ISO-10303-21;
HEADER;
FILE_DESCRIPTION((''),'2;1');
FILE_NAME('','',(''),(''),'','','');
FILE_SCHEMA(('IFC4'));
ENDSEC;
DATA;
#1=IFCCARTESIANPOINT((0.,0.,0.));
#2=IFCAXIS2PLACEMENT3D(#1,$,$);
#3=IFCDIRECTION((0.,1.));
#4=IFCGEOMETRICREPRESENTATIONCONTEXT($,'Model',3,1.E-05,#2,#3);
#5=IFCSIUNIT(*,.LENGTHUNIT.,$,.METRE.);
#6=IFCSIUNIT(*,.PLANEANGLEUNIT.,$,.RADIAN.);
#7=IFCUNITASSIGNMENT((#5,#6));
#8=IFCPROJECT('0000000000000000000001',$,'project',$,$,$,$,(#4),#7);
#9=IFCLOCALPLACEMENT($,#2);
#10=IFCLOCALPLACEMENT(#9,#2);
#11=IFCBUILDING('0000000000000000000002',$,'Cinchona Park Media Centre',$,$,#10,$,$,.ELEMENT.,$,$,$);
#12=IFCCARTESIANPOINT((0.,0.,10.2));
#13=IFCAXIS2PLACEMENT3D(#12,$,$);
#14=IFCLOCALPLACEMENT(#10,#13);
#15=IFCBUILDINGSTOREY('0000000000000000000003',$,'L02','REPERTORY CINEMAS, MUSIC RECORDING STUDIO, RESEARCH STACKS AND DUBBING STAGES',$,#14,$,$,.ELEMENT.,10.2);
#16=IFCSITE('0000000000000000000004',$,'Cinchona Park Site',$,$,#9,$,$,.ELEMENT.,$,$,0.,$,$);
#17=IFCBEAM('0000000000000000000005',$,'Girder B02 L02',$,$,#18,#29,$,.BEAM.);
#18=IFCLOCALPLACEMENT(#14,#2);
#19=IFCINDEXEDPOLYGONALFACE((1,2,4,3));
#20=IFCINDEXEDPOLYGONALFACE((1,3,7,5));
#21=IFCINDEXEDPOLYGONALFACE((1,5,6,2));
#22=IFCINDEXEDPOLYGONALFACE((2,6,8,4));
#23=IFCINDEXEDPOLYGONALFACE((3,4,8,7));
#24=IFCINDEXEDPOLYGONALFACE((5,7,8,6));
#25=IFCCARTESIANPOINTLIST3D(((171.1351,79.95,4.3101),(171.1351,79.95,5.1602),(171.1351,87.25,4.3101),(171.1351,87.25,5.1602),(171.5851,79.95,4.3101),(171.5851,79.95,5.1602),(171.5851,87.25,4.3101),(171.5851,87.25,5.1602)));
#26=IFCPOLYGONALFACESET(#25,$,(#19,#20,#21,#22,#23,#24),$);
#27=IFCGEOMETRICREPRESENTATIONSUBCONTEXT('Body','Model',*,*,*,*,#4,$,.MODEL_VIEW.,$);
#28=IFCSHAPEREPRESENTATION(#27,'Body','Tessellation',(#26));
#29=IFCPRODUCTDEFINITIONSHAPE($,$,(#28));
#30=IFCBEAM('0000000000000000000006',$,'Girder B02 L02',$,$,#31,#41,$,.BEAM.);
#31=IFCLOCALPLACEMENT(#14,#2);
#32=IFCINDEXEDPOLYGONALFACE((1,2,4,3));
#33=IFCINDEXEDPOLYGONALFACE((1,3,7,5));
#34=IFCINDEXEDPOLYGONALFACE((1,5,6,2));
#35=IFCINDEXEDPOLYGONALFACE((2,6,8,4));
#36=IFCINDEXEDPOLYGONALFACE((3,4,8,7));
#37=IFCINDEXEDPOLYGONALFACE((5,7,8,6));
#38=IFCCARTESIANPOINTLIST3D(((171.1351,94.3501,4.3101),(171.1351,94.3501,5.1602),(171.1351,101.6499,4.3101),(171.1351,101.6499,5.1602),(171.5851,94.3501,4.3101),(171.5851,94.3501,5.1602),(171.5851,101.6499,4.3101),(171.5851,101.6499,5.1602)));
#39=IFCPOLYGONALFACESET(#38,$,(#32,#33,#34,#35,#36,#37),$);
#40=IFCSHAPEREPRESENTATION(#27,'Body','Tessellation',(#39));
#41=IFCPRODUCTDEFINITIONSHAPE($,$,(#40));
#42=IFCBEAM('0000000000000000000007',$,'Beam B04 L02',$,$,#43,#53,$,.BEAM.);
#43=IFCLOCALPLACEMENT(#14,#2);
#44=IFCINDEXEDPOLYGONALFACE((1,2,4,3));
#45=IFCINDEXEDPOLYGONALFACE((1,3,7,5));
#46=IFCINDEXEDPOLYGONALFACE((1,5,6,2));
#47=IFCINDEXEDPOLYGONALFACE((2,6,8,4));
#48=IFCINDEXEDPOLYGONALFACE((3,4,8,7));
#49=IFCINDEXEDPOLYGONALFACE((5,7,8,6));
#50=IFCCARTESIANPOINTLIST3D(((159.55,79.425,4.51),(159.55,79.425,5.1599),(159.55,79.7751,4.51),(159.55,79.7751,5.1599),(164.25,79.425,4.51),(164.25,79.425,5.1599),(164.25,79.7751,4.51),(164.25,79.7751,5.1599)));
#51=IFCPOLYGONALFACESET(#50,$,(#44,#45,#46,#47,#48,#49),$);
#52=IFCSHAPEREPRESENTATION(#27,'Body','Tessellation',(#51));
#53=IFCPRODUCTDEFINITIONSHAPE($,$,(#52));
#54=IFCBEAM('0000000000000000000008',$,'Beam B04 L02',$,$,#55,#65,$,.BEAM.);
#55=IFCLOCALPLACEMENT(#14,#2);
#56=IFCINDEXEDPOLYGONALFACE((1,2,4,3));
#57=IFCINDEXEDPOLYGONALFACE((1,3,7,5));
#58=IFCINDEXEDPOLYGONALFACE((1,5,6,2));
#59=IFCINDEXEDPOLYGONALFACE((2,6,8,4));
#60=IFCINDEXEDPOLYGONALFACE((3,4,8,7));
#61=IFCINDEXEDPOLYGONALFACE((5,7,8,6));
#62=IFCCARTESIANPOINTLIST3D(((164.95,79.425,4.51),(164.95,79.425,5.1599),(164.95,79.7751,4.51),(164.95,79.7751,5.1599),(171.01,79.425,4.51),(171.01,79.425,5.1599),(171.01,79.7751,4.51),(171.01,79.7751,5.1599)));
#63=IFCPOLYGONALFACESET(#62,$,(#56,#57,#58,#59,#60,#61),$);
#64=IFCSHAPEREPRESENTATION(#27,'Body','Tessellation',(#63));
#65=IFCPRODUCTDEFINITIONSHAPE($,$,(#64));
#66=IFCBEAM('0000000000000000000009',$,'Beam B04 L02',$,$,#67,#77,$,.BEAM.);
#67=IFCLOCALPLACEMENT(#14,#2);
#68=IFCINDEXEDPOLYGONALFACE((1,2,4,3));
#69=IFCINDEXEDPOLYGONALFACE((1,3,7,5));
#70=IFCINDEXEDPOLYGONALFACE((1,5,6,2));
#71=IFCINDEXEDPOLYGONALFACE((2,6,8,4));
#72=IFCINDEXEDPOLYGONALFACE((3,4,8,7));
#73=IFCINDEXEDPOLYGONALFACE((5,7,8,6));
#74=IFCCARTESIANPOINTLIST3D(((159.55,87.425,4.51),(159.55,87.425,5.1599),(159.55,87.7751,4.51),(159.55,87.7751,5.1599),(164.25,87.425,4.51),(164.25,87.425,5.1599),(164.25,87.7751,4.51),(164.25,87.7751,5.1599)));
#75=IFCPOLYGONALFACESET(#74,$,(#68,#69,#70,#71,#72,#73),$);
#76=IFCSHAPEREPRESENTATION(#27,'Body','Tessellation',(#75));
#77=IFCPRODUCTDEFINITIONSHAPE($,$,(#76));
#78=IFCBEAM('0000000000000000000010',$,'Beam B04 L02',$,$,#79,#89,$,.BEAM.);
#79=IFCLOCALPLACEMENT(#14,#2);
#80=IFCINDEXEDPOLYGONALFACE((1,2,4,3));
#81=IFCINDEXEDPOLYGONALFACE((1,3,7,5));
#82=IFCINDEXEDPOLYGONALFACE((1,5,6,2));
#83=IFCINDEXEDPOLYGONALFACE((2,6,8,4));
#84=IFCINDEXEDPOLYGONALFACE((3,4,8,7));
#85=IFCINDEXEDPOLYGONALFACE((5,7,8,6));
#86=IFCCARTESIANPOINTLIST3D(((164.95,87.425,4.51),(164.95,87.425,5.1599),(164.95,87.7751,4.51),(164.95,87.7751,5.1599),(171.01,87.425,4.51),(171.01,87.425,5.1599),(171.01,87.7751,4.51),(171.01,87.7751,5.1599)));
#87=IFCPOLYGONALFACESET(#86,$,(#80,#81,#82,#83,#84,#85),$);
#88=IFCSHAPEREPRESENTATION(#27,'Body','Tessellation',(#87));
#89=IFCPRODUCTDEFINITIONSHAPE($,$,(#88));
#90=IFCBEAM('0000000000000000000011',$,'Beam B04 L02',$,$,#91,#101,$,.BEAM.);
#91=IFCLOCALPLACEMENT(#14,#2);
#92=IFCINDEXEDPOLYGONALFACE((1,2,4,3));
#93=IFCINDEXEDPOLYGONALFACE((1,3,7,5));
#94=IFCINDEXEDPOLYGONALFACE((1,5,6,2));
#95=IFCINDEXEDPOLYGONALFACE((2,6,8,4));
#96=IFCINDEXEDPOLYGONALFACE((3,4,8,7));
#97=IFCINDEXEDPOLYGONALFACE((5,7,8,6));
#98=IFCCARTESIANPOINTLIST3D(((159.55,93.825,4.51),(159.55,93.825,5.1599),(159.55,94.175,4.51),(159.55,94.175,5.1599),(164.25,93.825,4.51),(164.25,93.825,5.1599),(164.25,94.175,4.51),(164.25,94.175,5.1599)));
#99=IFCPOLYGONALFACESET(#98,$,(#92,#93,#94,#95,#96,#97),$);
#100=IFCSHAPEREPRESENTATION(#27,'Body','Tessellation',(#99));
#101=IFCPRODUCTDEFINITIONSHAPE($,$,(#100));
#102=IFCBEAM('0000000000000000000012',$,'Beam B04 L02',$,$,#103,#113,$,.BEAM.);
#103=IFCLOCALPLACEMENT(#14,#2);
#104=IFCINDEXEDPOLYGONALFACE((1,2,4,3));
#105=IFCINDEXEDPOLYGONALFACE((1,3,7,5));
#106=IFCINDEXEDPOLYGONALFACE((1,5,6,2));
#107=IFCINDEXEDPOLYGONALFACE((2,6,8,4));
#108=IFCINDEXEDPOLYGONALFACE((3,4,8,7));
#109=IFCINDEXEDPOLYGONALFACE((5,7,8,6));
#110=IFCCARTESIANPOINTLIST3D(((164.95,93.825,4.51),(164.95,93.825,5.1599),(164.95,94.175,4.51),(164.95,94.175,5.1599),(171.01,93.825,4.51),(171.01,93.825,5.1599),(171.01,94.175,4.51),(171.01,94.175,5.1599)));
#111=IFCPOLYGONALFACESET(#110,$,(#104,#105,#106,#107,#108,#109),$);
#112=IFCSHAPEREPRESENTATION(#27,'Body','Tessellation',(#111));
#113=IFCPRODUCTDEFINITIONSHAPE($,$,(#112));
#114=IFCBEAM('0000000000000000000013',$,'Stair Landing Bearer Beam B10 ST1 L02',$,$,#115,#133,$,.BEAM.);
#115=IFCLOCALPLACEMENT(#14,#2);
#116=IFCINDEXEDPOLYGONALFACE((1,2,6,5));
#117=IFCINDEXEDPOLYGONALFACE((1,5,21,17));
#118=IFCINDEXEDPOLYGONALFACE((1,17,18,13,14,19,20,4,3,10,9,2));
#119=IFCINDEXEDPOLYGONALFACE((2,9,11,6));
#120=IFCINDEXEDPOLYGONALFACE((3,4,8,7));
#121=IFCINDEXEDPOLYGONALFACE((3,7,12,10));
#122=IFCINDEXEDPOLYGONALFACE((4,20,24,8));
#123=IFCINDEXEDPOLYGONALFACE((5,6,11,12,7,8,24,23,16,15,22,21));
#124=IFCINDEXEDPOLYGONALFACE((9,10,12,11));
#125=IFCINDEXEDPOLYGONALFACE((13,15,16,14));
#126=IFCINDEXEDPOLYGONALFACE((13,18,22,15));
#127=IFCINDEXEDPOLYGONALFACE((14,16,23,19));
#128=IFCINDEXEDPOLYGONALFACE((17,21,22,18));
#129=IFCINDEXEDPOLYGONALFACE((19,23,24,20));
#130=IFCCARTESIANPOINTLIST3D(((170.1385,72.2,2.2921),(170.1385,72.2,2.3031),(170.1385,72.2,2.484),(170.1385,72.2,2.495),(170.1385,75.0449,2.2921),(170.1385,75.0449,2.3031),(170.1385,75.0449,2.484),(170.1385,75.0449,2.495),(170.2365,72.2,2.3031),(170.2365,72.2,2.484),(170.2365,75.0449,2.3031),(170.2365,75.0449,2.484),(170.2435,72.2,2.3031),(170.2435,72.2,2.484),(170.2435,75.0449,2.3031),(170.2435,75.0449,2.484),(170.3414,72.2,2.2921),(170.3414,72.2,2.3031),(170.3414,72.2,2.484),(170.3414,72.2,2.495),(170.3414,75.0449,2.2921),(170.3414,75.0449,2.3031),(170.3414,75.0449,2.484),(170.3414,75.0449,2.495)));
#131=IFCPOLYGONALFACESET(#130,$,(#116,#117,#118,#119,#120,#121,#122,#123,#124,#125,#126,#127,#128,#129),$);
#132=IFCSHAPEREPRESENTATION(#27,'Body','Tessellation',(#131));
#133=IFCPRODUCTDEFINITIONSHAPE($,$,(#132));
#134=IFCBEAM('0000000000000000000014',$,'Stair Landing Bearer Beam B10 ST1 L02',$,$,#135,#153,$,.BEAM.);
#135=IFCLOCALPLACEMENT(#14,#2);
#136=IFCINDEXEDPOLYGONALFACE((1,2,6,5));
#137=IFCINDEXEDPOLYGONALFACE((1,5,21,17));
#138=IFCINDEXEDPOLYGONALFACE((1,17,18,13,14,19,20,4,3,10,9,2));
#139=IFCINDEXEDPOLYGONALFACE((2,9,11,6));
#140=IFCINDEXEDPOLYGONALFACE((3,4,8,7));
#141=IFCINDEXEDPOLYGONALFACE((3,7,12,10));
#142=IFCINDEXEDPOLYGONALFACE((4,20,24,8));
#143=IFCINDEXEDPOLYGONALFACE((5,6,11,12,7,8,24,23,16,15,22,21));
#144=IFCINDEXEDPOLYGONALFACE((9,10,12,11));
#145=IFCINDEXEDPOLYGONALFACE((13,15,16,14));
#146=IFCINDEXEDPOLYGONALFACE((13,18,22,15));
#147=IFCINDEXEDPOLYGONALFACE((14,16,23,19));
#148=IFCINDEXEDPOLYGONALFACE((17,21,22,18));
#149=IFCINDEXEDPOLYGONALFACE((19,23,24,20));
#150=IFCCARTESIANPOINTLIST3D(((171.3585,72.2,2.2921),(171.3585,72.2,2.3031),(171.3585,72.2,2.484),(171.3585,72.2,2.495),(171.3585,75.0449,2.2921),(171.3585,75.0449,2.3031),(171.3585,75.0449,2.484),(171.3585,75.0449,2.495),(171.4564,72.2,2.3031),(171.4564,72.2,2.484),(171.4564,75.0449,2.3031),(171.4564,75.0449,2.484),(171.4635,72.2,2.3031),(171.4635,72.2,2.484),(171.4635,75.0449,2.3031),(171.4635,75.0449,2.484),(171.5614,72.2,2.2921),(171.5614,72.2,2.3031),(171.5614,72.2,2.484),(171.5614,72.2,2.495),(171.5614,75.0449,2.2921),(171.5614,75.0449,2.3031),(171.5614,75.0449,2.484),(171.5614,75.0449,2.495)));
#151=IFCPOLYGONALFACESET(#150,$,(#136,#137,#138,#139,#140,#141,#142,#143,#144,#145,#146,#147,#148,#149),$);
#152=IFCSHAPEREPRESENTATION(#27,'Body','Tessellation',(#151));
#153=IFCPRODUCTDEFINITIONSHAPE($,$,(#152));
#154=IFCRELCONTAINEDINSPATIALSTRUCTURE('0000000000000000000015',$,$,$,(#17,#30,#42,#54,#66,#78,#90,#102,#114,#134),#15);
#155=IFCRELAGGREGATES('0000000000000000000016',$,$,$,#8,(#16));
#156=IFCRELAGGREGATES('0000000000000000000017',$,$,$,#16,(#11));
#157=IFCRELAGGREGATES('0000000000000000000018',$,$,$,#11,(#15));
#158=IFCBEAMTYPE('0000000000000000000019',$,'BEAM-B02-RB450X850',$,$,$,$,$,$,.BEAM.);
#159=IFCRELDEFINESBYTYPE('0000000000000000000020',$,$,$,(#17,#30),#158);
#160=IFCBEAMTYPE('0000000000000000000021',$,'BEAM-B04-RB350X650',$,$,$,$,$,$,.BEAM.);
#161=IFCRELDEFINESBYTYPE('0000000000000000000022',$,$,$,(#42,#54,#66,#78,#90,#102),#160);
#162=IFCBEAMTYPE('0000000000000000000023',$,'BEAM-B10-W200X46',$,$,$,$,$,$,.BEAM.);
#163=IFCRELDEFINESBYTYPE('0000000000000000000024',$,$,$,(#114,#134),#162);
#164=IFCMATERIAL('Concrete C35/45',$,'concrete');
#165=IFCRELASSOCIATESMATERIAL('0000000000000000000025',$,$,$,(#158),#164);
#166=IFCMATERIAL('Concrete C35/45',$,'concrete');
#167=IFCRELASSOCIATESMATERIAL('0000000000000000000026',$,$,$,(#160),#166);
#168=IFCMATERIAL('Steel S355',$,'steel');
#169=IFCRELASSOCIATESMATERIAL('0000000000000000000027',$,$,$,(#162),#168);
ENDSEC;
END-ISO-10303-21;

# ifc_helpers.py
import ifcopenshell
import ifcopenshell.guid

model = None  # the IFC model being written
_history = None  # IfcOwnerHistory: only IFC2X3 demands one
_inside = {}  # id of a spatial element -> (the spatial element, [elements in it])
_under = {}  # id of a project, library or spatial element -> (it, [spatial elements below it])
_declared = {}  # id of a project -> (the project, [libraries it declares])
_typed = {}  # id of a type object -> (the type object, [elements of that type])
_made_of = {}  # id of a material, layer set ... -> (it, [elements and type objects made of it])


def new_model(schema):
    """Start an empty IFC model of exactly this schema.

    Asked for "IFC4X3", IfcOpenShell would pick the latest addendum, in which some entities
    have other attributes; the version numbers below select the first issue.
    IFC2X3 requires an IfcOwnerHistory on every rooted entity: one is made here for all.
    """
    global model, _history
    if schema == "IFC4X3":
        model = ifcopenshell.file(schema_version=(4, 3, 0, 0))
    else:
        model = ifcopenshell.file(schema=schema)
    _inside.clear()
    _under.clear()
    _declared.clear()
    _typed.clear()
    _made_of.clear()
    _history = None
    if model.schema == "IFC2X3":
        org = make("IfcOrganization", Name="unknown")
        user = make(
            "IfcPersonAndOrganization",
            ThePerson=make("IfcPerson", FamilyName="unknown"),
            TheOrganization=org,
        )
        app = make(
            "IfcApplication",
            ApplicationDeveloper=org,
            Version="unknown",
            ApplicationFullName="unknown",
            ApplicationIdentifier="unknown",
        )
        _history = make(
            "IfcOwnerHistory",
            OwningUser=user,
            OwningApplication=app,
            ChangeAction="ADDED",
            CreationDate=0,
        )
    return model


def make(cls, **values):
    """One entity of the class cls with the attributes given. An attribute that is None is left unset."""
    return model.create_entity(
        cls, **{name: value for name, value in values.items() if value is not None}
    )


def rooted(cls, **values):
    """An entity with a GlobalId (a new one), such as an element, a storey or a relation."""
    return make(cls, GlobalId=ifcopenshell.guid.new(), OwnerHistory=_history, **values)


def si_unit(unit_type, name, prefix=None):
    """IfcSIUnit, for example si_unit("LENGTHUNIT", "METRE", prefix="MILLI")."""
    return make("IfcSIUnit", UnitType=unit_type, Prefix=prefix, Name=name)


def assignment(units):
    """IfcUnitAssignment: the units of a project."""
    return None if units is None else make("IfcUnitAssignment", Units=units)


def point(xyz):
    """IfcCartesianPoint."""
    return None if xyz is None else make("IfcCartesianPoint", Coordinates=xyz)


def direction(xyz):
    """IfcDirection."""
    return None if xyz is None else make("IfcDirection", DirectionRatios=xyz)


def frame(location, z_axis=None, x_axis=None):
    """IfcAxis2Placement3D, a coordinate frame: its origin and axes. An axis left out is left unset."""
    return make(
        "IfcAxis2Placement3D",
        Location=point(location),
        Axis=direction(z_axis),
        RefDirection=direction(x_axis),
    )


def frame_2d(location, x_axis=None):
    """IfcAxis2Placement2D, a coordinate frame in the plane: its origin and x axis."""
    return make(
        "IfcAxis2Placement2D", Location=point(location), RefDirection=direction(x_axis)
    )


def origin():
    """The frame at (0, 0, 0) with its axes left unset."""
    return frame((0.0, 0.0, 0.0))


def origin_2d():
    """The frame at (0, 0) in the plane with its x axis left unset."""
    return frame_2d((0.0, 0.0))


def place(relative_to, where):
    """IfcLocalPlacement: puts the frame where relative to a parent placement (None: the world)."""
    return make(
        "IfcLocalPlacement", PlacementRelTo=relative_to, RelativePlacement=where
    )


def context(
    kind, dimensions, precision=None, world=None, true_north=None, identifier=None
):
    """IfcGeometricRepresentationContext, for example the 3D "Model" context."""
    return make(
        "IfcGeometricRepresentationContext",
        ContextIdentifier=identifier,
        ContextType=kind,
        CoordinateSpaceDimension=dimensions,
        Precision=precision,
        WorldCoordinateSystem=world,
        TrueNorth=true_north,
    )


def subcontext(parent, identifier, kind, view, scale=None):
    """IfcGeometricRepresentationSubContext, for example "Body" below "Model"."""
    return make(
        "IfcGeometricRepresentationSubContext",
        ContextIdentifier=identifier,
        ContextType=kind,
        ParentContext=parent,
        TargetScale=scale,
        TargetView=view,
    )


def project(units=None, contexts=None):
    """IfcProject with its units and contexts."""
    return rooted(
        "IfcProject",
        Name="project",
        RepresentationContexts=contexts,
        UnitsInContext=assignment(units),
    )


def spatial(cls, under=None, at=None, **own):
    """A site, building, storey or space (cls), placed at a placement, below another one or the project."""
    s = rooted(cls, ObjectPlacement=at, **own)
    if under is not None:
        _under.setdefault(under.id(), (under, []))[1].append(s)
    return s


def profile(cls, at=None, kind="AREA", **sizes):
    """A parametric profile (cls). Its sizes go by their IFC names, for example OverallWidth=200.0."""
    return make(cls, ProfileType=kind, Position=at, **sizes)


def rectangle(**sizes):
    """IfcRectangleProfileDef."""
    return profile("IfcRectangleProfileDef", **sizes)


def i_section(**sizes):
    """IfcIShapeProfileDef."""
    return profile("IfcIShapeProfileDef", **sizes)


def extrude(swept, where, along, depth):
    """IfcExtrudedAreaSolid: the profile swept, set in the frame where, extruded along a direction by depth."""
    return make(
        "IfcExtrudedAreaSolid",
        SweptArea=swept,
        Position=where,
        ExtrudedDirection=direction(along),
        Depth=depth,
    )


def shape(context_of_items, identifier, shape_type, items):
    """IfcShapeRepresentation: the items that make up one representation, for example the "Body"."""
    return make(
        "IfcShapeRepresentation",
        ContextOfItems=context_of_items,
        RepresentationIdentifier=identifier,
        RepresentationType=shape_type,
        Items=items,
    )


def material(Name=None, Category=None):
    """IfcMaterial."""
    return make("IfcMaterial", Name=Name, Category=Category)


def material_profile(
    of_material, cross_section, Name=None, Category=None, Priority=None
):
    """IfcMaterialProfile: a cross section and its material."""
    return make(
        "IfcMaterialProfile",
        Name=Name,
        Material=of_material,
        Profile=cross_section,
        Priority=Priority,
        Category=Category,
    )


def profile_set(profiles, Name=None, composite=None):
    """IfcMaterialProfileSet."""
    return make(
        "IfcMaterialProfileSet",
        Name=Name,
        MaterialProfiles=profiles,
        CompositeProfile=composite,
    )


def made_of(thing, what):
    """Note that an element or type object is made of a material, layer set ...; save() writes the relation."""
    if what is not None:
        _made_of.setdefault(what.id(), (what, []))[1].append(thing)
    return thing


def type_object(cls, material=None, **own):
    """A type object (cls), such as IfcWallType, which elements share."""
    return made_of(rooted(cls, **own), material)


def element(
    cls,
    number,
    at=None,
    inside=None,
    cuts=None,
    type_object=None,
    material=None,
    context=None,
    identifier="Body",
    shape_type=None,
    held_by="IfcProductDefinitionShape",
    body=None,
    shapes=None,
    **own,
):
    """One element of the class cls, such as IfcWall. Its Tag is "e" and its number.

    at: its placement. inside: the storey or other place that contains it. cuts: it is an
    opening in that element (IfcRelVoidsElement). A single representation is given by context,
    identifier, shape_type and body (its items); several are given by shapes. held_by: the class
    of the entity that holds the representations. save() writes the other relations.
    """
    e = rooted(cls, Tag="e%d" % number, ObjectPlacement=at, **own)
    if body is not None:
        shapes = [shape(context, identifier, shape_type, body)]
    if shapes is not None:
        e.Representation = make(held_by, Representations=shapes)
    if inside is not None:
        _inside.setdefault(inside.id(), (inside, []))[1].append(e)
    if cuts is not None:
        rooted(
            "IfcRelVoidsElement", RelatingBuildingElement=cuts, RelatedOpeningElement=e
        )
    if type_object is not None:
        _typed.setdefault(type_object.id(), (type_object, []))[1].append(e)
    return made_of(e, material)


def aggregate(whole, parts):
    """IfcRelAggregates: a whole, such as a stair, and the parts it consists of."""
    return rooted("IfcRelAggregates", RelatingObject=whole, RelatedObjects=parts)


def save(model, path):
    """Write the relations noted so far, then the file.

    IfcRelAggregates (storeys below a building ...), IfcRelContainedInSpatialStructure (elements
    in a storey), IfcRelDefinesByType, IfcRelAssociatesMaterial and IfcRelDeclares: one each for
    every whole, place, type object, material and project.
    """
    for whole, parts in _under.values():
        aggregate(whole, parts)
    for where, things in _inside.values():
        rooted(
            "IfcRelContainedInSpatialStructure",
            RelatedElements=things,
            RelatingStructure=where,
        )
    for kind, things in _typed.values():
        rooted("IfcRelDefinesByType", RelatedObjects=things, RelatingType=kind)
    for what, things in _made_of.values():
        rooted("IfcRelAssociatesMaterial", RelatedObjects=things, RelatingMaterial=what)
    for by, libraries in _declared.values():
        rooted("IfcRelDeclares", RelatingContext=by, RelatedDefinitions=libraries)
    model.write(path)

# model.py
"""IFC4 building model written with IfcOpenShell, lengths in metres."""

from ifc_helpers import new_model, si_unit, direction, frame, origin, origin_2d, place, context, subcontext, project, spatial, rectangle, i_section, extrude, material, material_profile, profile_set, type_object, element, save


model = new_model("IFC4")

# Units and contexts
model_context = context("Model", 3, precision=1e-05, world=origin(), true_north=direction((0.0, 1.0)))
body_context = subcontext(model_context, "Body", "Model", "MODEL_VIEW")
ifc_project = project(units=[si_unit("LENGTHUNIT", "METRE"), si_unit("PLANEANGLEUNIT", "RADIAN")], contexts=[model_context])

# Site, building, storey
site_placement = place(None, origin())
site = spatial("IfcSite", under=ifc_project, at=site_placement, Name="Cinchona Park Site", CompositionType="ELEMENT", RefElevation=0.0)
building_placement = place(site_placement, origin())
building = spatial("IfcBuilding", under=site, at=building_placement, Name="Cinchona Park Media Centre", CompositionType="ELEMENT")
storey_placement = place(building_placement, frame((0.0, 0.0, 10.2)))
storey = spatial("IfcBuildingStorey", under=building, at=storey_placement, Name="L02", Description="REPERTORY CINEMAS, MUSIC RECORDING STUDIO, RESEARCH STACKS AND DUBBING STAGES", CompositionType="ELEMENT", Elevation=10.2)

# Beams
ifc_material_1 = material(Name="Concrete C35/45", Category="concrete")
ifc_material_profile_1 = material_profile(ifc_material_1, rectangle(XDim=0.45, YDim=0.8501, at=origin_2d()), Name="RB 450X850")
ifc_profile_set_1 = profile_set([ifc_material_profile_1], Name="Concrete C35/45")
beam_type_1 = type_object("IfcBeamType", Name="BEAM-B02-RB450X850", PredefinedType="BEAM", material=ifc_profile_set_1)
beam_1_placement = place(storey_placement, frame((171.3601, 79.95, 4.7351), z_axis=(0.0, 1.0, 0.0), x_axis=(-1.0, 0.0, 0.0)))
element("IfcBeam", 1, at=beam_1_placement, inside=storey, type_object=beam_type_1, Name="Girder B02 L02", PredefinedType="BEAM", context=body_context, shape_type="SweptSolid", body=[
    extrude(rectangle(XDim=0.45, YDim=0.8501, at=origin_2d()), origin(), (0.0, 0.0, 1.0), 7.3),
])
beam_2_placement = place(storey_placement, frame((171.3601, 94.3501, 4.7351), z_axis=(0.0, 1.0, 0.0), x_axis=(-1.0, 0.0, 0.0)))
element("IfcBeam", 2, at=beam_2_placement, inside=storey, type_object=beam_type_1, Name="Girder B02 L02", PredefinedType="BEAM", context=body_context, shape_type="SweptSolid", body=[
    extrude(rectangle(XDim=0.45, YDim=0.8501, at=origin_2d()), origin(), (0.0, 0.0, 1.0), 7.2998),
])
ifc_material_2 = material(Name="Concrete C35/45", Category="concrete")
ifc_material_profile_2 = material_profile(ifc_material_2, rectangle(XDim=0.3501, YDim=0.6499, at=origin_2d()), Name="RB 350X650")
ifc_profile_set_2 = profile_set([ifc_material_profile_2], Name="Concrete C35/45")
beam_type_2 = type_object("IfcBeamType", Name="BEAM-B04-RB350X650", PredefinedType="BEAM", material=ifc_profile_set_2)
beam_3_placement = place(storey_placement, frame((159.55, 79.6001, 4.835), z_axis=(1.0, 0.0, 0.0), x_axis=(0.0, 1.0, 0.0)))
element("IfcBeam", 3, at=beam_3_placement, inside=storey, type_object=beam_type_2, Name="Beam B04 L02", PredefinedType="BEAM", context=body_context, shape_type="SweptSolid", body=[
    extrude(rectangle(XDim=0.3501, YDim=0.6499, at=origin_2d()), origin(), (0.0, 0.0, 1.0), 4.7),
])
beam_4_placement = place(storey_placement, frame((164.95, 79.6001, 4.835), z_axis=(1.0, 0.0, 0.0), x_axis=(0.0, 1.0, 0.0)))
element("IfcBeam", 4, at=beam_4_placement, inside=storey, type_object=beam_type_2, Name="Beam B04 L02", PredefinedType="BEAM", context=body_context, shape_type="SweptSolid", body=[
    extrude(rectangle(XDim=0.3501, YDim=0.6499, at=origin_2d()), origin(), (0.0, 0.0, 1.0), 6.0601),
])
beam_5_placement = place(storey_placement, frame((159.55, 87.6001, 4.835), z_axis=(1.0, 0.0, 0.0), x_axis=(0.0, 1.0, 0.0)))
element("IfcBeam", 5, at=beam_5_placement, inside=storey, type_object=beam_type_2, Name="Beam B04 L02", PredefinedType="BEAM", context=body_context, shape_type="SweptSolid", body=[
    extrude(rectangle(XDim=0.3501, YDim=0.6499, at=origin_2d()), origin(), (0.0, 0.0, 1.0), 4.7),
])
beam_6_placement = place(storey_placement, frame((164.95, 87.6001, 4.835), z_axis=(1.0, 0.0, 0.0), x_axis=(0.0, 1.0, 0.0)))
element("IfcBeam", 6, at=beam_6_placement, inside=storey, type_object=beam_type_2, Name="Beam B04 L02", PredefinedType="BEAM", context=body_context, shape_type="SweptSolid", body=[
    extrude(rectangle(XDim=0.3501, YDim=0.6499, at=origin_2d()), origin(), (0.0, 0.0, 1.0), 6.0601),
])
beam_7_placement = place(storey_placement, frame((159.55, 94.0, 4.835), z_axis=(1.0, 0.0, 0.0), x_axis=(0.0, 1.0, 0.0)))
element("IfcBeam", 7, at=beam_7_placement, inside=storey, type_object=beam_type_2, Name="Beam B04 L02", PredefinedType="BEAM", context=body_context, shape_type="SweptSolid", body=[
    extrude(rectangle(XDim=0.3501, YDim=0.6499, at=origin_2d()), origin(), (0.0, 0.0, 1.0), 4.7),
])
beam_8_placement = place(storey_placement, frame((164.95, 94.0, 4.835), z_axis=(1.0, 0.0, 0.0), x_axis=(0.0, 1.0, 0.0)))
element("IfcBeam", 8, at=beam_8_placement, inside=storey, type_object=beam_type_2, Name="Beam B04 L02", PredefinedType="BEAM", context=body_context, shape_type="SweptSolid", body=[
    extrude(rectangle(XDim=0.3501, YDim=0.6499, at=origin_2d()), origin(), (0.0, 0.0, 1.0), 6.0601),
])
ifc_material_3 = material(Name="Steel S355", Category="steel")
ifc_material_profile_3 = material_profile(ifc_material_3, i_section(OverallWidth=0.2029, OverallDepth=0.2029, WebThickness=0.0071, FlangeThickness=0.011, at=origin_2d()), Name="W200X46")
ifc_profile_set_3 = profile_set([ifc_material_profile_3], Name="Steel S355")
beam_type_3 = type_object("IfcBeamType", Name="BEAM-B10-W200X46", PredefinedType="BEAM", material=ifc_profile_set_3)
for number, where, z_axis, x_axis, name in (
    (9, (170.24, 75.0449, 2.3936), (0.0, -1.0, 0.0), (1.0, 0.0, 0.0), "Stair Landing Bearer Beam B10 ST1 L02"),
    (10, (171.46, 75.0449, 2.3936), (0.0, -1.0, 0.0), (1.0, 0.0, 0.0), "Stair Landing Bearer Beam B10 ST1 L02"),
):
    element("IfcBeam", number, at=place(storey_placement, frame(where, z_axis=z_axis, x_axis=x_axis)), inside=storey, type_object=beam_type_3, Name=name, PredefinedType="BEAM", context=body_context, shape_type="SweptSolid", body=[
        extrude(i_section(OverallWidth=0.2029, OverallDepth=0.2029, WebThickness=0.0071, FlangeThickness=0.011, at=origin_2d()), origin(), (0.0, 0.0, 1.0), 2.845),
    ])

save(model, "model.ifc")
